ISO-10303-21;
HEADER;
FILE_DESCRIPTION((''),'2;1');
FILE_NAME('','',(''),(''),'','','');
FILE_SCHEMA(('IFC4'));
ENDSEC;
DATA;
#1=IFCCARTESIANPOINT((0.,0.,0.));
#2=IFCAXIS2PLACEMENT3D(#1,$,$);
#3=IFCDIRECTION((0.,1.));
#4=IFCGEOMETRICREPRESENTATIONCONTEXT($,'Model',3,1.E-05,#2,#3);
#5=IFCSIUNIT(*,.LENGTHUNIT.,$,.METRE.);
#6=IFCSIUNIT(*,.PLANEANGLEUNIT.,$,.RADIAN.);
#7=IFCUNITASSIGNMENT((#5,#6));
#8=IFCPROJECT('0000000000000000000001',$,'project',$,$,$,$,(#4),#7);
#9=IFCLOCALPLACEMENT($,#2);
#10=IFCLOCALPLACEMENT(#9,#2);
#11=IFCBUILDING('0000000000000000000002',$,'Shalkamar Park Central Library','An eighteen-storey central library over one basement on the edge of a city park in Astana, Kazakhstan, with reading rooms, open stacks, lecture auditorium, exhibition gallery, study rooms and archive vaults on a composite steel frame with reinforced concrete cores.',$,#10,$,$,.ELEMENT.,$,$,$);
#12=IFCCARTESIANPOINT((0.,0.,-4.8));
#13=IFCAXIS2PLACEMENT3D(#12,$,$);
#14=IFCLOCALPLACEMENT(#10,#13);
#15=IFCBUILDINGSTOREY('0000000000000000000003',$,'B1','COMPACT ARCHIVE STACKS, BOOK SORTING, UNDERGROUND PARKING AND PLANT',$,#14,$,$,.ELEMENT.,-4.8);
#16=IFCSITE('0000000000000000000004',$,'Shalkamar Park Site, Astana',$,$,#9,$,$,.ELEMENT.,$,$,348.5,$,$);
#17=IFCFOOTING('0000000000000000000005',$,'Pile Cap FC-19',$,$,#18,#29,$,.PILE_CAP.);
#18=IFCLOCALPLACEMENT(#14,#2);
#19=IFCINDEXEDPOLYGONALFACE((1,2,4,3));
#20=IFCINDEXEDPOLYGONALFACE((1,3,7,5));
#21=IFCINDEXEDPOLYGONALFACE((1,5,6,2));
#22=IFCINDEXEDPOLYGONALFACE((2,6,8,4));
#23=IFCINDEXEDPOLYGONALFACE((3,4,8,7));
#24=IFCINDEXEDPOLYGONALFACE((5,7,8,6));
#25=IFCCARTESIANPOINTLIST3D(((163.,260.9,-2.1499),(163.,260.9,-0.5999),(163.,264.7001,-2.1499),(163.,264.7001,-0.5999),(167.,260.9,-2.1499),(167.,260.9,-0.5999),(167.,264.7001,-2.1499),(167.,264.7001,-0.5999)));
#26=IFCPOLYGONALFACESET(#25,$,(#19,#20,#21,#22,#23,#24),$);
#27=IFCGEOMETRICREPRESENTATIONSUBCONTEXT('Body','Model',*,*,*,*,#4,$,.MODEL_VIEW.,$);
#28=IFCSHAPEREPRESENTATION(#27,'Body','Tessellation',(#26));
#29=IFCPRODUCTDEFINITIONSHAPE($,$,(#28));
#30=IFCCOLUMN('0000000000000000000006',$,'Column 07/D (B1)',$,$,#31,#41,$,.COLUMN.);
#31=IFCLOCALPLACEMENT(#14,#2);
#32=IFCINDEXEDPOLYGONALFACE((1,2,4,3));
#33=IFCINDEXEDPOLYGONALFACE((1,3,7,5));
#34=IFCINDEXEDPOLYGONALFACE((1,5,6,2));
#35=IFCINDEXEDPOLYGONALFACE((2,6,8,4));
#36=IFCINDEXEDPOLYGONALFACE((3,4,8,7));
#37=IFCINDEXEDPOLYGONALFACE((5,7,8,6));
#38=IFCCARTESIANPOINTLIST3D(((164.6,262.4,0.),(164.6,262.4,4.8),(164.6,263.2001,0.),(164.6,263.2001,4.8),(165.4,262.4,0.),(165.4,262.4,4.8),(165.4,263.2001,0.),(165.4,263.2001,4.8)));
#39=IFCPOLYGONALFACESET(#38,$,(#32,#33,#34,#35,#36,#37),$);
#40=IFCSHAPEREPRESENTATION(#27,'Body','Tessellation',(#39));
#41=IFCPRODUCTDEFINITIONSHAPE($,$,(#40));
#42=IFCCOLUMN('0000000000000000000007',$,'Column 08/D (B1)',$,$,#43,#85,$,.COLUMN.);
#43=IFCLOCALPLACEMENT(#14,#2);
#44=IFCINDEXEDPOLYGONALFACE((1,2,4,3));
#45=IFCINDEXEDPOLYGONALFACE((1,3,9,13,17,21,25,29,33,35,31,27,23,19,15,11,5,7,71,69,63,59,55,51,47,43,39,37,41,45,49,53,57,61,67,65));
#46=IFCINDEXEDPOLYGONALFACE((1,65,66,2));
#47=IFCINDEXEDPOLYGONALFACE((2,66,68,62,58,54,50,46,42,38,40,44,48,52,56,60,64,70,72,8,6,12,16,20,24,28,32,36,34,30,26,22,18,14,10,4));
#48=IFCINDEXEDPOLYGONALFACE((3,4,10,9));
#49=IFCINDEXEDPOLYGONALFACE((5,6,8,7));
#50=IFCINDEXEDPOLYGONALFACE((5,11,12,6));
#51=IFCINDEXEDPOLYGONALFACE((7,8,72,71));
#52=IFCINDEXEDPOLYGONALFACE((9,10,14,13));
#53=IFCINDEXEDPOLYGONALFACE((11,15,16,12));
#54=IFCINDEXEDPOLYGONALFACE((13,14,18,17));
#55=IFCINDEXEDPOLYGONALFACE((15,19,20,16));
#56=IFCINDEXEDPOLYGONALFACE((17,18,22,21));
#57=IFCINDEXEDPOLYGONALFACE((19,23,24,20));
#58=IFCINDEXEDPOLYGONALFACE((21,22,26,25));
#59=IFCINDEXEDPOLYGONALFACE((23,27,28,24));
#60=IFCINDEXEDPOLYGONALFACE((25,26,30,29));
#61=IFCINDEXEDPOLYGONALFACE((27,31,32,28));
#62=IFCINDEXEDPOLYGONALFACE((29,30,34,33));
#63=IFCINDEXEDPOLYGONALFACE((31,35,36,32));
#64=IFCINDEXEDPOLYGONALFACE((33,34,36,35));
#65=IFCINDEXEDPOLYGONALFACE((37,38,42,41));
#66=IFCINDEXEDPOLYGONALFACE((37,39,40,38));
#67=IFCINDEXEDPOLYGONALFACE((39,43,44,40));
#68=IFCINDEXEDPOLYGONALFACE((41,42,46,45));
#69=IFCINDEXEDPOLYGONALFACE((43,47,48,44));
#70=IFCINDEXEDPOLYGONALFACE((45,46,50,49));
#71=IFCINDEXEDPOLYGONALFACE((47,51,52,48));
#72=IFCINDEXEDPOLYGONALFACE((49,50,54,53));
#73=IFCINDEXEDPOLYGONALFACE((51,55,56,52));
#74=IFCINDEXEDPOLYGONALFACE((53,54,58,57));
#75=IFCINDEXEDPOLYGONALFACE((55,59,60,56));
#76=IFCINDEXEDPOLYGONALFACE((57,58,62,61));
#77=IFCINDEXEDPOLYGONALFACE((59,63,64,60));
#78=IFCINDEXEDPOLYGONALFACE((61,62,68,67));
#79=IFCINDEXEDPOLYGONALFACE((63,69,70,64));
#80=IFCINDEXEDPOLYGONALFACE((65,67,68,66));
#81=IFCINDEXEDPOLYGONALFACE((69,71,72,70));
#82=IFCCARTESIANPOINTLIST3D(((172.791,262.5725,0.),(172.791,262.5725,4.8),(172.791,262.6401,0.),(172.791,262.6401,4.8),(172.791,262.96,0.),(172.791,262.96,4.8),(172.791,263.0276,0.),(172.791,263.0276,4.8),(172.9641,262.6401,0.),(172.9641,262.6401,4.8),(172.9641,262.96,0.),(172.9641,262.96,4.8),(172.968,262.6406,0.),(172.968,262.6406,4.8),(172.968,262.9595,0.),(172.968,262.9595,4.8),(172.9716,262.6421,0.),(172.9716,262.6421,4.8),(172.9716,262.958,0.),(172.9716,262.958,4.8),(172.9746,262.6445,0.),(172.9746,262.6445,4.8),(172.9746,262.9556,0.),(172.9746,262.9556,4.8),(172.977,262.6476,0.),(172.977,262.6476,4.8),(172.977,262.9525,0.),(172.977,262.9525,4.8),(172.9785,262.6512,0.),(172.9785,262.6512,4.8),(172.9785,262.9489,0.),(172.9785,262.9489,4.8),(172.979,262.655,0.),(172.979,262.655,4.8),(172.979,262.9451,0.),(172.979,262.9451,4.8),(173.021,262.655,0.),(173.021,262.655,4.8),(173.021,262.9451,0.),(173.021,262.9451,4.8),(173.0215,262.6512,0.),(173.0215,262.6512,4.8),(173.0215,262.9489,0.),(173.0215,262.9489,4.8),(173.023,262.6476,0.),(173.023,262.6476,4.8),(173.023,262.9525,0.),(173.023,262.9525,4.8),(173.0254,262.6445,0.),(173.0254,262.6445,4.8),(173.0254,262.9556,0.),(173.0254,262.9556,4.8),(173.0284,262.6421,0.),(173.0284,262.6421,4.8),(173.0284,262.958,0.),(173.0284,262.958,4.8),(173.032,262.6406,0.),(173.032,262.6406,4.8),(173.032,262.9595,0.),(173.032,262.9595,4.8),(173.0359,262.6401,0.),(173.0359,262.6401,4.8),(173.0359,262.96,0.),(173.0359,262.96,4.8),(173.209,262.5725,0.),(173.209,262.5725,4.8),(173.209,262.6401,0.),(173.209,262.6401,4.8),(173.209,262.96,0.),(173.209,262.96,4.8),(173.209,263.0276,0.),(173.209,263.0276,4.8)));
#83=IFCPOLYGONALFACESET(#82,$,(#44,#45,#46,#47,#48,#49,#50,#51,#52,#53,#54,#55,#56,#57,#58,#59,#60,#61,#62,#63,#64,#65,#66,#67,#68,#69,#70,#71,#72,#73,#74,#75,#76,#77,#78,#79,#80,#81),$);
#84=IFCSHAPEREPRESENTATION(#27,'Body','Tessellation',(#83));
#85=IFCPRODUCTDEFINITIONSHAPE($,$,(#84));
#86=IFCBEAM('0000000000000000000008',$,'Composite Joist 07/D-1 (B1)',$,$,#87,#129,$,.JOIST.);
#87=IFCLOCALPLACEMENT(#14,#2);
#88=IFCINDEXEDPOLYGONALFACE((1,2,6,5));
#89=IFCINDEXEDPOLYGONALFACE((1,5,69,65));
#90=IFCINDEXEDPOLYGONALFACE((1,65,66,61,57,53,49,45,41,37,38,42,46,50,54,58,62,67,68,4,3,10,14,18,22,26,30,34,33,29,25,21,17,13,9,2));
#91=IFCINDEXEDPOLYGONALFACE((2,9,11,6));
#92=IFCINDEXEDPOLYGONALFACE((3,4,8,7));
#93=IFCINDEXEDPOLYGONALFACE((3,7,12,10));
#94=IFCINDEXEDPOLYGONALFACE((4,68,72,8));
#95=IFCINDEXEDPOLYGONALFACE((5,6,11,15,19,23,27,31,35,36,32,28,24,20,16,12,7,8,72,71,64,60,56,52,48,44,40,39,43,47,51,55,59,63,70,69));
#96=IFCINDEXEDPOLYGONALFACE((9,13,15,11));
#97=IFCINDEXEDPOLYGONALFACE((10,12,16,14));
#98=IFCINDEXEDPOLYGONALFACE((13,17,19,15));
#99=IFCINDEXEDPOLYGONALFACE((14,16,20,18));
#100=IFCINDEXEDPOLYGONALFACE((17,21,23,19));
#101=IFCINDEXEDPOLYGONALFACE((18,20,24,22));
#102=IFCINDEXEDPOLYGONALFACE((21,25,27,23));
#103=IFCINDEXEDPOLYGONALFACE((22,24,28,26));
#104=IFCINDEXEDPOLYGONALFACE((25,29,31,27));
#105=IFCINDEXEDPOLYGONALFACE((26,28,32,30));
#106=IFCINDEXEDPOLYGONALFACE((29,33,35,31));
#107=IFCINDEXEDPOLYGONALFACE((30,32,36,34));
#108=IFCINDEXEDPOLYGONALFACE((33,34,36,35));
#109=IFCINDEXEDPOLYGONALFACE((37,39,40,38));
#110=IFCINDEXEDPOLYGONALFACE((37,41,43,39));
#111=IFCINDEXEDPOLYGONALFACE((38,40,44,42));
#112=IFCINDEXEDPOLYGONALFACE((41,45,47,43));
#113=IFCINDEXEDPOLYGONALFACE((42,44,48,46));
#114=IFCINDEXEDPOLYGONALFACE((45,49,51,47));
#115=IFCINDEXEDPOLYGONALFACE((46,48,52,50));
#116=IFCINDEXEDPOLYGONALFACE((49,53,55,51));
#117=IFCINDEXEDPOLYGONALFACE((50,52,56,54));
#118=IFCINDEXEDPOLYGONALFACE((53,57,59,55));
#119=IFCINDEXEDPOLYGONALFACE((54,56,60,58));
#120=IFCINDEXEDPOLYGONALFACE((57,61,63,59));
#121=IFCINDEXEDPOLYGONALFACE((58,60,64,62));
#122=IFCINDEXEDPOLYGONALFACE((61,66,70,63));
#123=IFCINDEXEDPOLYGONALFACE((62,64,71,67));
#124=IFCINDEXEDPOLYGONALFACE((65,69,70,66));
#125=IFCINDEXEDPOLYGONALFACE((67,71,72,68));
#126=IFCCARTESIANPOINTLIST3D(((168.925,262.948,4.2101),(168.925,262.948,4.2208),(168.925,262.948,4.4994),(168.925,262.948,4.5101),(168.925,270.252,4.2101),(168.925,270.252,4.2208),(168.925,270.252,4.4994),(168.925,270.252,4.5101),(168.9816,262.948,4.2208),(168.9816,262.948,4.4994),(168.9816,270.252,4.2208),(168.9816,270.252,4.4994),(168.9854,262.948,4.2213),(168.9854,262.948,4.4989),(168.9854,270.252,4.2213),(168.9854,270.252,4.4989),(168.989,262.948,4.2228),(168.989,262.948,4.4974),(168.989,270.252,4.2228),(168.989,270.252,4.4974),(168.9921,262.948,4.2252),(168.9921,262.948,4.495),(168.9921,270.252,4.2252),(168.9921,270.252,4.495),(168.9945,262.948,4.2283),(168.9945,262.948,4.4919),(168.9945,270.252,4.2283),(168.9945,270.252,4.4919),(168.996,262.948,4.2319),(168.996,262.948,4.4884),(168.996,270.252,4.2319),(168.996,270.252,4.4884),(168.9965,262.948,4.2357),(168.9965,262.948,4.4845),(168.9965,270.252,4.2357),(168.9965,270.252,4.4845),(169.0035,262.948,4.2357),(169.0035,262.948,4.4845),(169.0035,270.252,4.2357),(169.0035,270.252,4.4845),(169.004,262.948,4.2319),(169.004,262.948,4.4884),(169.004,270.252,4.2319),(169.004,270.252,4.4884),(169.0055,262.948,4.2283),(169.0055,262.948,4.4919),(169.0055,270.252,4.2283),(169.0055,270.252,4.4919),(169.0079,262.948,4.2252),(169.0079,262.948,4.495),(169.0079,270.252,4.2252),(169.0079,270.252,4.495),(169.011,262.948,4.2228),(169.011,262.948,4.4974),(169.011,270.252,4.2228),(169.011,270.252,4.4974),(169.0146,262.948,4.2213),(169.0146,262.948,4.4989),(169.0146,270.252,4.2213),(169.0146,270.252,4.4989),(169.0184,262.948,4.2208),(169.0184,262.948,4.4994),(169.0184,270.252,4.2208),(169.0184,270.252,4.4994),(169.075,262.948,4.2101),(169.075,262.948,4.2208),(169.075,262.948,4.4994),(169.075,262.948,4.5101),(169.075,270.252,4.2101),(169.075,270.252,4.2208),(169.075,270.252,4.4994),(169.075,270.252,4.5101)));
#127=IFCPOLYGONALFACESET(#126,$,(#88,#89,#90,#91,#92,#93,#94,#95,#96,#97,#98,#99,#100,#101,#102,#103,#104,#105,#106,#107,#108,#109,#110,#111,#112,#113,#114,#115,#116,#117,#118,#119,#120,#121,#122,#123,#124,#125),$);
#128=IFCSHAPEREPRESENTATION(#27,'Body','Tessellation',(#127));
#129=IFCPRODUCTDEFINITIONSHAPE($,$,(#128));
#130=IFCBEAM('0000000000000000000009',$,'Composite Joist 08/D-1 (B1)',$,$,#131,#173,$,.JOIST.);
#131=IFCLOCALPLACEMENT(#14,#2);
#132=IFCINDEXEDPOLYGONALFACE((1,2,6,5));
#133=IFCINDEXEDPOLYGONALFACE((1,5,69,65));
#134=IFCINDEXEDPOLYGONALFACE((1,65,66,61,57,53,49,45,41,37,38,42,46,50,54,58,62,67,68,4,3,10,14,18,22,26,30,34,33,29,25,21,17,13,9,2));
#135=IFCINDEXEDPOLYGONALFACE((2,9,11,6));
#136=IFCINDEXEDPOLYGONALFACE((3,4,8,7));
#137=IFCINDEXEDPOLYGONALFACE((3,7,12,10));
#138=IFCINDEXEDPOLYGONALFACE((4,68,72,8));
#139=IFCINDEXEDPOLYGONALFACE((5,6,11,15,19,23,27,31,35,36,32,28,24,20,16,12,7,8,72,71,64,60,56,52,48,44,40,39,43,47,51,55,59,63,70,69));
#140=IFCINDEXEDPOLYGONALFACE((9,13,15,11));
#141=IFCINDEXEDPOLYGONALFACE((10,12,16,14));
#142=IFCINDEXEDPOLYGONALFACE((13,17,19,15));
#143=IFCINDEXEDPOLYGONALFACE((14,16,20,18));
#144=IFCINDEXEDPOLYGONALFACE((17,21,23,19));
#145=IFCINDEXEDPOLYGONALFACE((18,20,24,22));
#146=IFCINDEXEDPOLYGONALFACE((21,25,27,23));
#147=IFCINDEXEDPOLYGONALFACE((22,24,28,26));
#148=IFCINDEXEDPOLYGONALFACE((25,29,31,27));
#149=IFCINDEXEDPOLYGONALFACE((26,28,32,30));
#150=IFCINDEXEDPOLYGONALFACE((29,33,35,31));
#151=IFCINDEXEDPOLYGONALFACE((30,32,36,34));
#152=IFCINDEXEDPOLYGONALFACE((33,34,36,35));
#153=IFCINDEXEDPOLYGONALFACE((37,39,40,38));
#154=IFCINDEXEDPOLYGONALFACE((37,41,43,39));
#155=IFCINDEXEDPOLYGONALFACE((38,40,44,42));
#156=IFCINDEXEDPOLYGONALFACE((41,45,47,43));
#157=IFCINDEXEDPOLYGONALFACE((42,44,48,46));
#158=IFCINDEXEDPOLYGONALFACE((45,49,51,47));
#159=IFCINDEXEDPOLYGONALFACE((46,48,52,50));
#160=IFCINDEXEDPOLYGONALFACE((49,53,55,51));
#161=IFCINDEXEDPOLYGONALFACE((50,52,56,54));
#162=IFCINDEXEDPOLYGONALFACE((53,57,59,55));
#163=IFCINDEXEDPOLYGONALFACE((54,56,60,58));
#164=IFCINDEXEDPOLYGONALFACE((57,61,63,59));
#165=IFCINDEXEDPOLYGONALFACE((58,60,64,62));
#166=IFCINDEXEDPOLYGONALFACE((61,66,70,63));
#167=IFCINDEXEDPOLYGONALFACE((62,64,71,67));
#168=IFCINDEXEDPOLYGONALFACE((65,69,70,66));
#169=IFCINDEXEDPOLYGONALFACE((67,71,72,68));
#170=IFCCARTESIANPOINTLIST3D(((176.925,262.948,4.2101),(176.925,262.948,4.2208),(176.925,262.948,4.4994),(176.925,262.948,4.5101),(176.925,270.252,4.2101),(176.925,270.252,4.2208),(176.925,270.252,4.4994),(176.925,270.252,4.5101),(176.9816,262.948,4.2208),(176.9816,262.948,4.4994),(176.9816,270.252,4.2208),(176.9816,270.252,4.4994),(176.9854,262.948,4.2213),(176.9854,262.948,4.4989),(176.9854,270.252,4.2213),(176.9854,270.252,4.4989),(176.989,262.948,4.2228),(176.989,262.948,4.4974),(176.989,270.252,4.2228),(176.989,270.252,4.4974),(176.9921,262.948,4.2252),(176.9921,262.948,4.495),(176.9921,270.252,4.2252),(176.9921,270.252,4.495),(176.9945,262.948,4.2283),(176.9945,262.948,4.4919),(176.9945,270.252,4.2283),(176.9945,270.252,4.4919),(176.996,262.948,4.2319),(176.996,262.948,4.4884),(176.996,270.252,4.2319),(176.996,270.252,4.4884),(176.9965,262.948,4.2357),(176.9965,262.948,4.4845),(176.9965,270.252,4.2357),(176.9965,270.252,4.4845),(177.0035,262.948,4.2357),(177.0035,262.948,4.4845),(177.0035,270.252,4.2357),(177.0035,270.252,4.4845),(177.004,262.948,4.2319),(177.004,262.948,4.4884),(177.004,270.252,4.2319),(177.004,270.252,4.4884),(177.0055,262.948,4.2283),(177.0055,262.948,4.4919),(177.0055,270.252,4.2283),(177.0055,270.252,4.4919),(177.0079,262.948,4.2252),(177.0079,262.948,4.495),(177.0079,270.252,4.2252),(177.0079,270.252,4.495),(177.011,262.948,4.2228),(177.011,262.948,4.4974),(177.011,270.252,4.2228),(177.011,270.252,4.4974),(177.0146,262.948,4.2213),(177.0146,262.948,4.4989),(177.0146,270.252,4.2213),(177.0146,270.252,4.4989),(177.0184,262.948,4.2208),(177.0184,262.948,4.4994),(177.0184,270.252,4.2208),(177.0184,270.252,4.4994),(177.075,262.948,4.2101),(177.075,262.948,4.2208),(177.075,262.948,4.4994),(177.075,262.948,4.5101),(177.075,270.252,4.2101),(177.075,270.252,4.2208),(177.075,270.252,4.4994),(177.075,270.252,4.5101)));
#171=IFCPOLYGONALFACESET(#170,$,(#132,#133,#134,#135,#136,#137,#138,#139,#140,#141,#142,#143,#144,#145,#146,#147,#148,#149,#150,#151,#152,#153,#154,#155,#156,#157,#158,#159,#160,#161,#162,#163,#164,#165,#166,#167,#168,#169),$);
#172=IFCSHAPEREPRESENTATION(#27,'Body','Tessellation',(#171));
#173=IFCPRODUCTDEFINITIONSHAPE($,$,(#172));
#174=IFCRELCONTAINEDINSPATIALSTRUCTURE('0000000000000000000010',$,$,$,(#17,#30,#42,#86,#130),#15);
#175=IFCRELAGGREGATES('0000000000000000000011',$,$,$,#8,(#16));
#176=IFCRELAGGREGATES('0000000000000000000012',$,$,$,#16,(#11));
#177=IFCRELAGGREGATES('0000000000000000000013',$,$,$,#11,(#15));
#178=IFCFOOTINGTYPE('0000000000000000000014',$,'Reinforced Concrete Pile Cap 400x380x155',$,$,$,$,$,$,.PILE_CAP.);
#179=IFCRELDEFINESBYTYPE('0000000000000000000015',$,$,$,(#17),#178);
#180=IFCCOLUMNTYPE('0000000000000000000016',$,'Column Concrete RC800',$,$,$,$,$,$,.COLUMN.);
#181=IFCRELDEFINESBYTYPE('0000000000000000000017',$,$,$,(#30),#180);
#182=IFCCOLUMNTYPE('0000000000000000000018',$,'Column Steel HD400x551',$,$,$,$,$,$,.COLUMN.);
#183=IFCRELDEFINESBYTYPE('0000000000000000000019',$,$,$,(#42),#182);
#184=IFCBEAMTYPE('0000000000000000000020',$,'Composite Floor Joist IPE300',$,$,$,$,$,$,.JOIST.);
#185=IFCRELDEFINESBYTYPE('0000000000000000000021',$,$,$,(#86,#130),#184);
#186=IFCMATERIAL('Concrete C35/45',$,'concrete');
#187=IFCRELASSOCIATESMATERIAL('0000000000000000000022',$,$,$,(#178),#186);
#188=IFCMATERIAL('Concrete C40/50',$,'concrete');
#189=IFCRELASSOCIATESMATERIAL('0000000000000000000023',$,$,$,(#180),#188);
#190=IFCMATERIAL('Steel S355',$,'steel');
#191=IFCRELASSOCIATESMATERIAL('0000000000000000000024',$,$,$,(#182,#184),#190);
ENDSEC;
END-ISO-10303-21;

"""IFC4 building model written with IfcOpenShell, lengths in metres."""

from ifc_helpers import new_model, si_unit, direction, frame, origin, origin_2d, place, context, subcontext, project, spatial, rectangle, i_section, extrude, material, material_profile, profile_set, type_object, element, save


model = new_model("IFC4")

# Units and contexts
model_context = context("Model", 3, precision=1e-05, world=origin(), true_north=direction((0.0, 1.0)))
body_context = subcontext(model_context, "Body", "Model", "MODEL_VIEW")
ifc_project = project(units=[si_unit("LENGTHUNIT", "METRE"), si_unit("PLANEANGLEUNIT", "RADIAN")], contexts=[model_context])

# Site, building, storey
site_placement = place(None, origin())
site = spatial("IfcSite", under=ifc_project, at=site_placement, Name="Shalkamar Park Site, Astana", CompositionType="ELEMENT", RefElevation=348.5)
building_placement = place(site_placement, origin())
building = spatial("IfcBuilding", under=site, at=building_placement, Name="Shalkamar Park Central Library", Description="An eighteen-storey central library over one basement on the edge of a city park in Astana, Kazakhstan, with reading rooms, open stacks, lecture auditorium, exhibition gallery, study rooms and archive vaults on a composite steel frame with reinforced concrete cores.", CompositionType="ELEMENT")
storey_placement = place(building_placement, frame((0.0, 0.0, -4.8)))
storey = spatial("IfcBuildingStorey", under=building, at=storey_placement, Name="B1", Description="COMPACT ARCHIVE STACKS, BOOK SORTING, UNDERGROUND PARKING AND PLANT", CompositionType="ELEMENT", Elevation=-4.8)

# Shared definitions
ifc_material_1 = material(Name="Concrete C35/45", Category="concrete")

# Footing
footing_type_1 = type_object("IfcFootingType", Name="Reinforced Concrete Pile Cap 400x380x155", PredefinedType="PILE_CAP", material=ifc_material_1)
footing_1_placement = place(storey_placement, frame((165.0, 262.8, -2.1499), z_axis=(0.0, 0.0, 1.0), x_axis=(1.0, 0.0, 0.0)))
element("IfcFooting", 1, at=footing_1_placement, inside=storey, type_object=footing_type_1, Name="Pile Cap FC-19", PredefinedType="PILE_CAP", context=body_context, shape_type="SweptSolid", body=[
    extrude(rectangle(XDim=4.0, YDim=3.8, at=origin_2d()), origin(), (0.0, 0.0, 1.0), 1.55),
])

# Columns
ifc_material_2 = material(Name="Concrete C40/50", Category="concrete")
ifc_material_profile_1 = material_profile(ifc_material_2, rectangle(XDim=0.8, YDim=0.8, at=origin_2d()), Name="RC 800x800")
ifc_profile_set_1 = profile_set([ifc_material_profile_1], Name="Concrete C40/50")
column_type_1 = type_object("IfcColumnType", Name="Column Concrete RC800", PredefinedType="COLUMN", material=ifc_profile_set_1)
column_1_placement = place(storey_placement, frame((165.0, 262.8, 0.0), z_axis=(0.0, 0.0, 1.0), x_axis=(1.0, 0.0, 0.0)))
element("IfcColumn", 2, at=column_1_placement, inside=storey, type_object=column_type_1, Name="Column 07/D (B1)", PredefinedType="COLUMN", context=body_context, shape_type="SweptSolid", body=[
    extrude(rectangle(XDim=0.8, YDim=0.8, at=origin_2d()), origin(), (0.0, 0.0, 1.0), 4.8),
])
ifc_material_3 = material(Name="Steel S355", Category="steel")
ifc_material_profile_2 = material_profile(ifc_material_3, i_section(OverallWidth=0.418, OverallDepth=0.4551, WebThickness=0.042, FlangeThickness=0.0676, FilletRadius=0.0149, at=origin_2d()), Name="HD 400x551")
ifc_profile_set_2 = profile_set([ifc_material_profile_2], Name="Steel S355")
column_type_2 = type_object("IfcColumnType", Name="Column Steel HD400x551", PredefinedType="COLUMN", material=ifc_profile_set_2)
column_2_placement = place(storey_placement, frame((173.0, 262.8, 0.0), z_axis=(0.0, 0.0, 1.0), x_axis=(1.0, 0.0, 0.0)))
element("IfcColumn", 3, at=column_2_placement, inside=storey, type_object=column_type_2, Name="Column 08/D (B1)", PredefinedType="COLUMN", context=body_context, shape_type="SweptSolid", body=[
    extrude(i_section(OverallWidth=0.418, OverallDepth=0.4551, WebThickness=0.042, FlangeThickness=0.0676, FilletRadius=0.0149, at=origin_2d()), origin(), (0.0, 0.0, 1.0), 4.8),
])

# Beams
ifc_material_profile_3 = material_profile(ifc_material_3, i_section(OverallWidth=0.1499, OverallDepth=0.3, WebThickness=0.0071, FlangeThickness=0.0107, FilletRadius=0.0149, at=origin_2d()), Name="IPE 300")
ifc_profile_set_3 = profile_set([ifc_material_profile_3], Name="Steel S355")
beam_type_1 = type_object("IfcBeamType", Name="Composite Floor Joist IPE300", PredefinedType="JOIST", material=ifc_profile_set_3)
for number, where, z_axis, x_axis, name in (
    (4, (169.0, 262.948, 4.3601), (0.0, 1.0, 0.0), (-1.0, 0.0, 0.0), "Composite Joist 07/D-1 (B1)"),
    (5, (177.0, 262.948, 4.3601), (0.0, 1.0, 0.0), (-1.0, 0.0, 0.0), "Composite Joist 08/D-1 (B1)"),
):
    element("IfcBeam", number, at=place(storey_placement, frame(where, z_axis=z_axis, x_axis=x_axis)), inside=storey, type_object=beam_type_1, Name=name, PredefinedType="JOIST", context=body_context, shape_type="SweptSolid", body=[
        extrude(i_section(OverallWidth=0.1499, OverallDepth=0.3, WebThickness=0.0071, FlangeThickness=0.0107, FilletRadius=0.0149, at=origin_2d()), origin(), (0.0, 0.0, 1.0), 7.304),
    ])

save(model, "model.ifc")
